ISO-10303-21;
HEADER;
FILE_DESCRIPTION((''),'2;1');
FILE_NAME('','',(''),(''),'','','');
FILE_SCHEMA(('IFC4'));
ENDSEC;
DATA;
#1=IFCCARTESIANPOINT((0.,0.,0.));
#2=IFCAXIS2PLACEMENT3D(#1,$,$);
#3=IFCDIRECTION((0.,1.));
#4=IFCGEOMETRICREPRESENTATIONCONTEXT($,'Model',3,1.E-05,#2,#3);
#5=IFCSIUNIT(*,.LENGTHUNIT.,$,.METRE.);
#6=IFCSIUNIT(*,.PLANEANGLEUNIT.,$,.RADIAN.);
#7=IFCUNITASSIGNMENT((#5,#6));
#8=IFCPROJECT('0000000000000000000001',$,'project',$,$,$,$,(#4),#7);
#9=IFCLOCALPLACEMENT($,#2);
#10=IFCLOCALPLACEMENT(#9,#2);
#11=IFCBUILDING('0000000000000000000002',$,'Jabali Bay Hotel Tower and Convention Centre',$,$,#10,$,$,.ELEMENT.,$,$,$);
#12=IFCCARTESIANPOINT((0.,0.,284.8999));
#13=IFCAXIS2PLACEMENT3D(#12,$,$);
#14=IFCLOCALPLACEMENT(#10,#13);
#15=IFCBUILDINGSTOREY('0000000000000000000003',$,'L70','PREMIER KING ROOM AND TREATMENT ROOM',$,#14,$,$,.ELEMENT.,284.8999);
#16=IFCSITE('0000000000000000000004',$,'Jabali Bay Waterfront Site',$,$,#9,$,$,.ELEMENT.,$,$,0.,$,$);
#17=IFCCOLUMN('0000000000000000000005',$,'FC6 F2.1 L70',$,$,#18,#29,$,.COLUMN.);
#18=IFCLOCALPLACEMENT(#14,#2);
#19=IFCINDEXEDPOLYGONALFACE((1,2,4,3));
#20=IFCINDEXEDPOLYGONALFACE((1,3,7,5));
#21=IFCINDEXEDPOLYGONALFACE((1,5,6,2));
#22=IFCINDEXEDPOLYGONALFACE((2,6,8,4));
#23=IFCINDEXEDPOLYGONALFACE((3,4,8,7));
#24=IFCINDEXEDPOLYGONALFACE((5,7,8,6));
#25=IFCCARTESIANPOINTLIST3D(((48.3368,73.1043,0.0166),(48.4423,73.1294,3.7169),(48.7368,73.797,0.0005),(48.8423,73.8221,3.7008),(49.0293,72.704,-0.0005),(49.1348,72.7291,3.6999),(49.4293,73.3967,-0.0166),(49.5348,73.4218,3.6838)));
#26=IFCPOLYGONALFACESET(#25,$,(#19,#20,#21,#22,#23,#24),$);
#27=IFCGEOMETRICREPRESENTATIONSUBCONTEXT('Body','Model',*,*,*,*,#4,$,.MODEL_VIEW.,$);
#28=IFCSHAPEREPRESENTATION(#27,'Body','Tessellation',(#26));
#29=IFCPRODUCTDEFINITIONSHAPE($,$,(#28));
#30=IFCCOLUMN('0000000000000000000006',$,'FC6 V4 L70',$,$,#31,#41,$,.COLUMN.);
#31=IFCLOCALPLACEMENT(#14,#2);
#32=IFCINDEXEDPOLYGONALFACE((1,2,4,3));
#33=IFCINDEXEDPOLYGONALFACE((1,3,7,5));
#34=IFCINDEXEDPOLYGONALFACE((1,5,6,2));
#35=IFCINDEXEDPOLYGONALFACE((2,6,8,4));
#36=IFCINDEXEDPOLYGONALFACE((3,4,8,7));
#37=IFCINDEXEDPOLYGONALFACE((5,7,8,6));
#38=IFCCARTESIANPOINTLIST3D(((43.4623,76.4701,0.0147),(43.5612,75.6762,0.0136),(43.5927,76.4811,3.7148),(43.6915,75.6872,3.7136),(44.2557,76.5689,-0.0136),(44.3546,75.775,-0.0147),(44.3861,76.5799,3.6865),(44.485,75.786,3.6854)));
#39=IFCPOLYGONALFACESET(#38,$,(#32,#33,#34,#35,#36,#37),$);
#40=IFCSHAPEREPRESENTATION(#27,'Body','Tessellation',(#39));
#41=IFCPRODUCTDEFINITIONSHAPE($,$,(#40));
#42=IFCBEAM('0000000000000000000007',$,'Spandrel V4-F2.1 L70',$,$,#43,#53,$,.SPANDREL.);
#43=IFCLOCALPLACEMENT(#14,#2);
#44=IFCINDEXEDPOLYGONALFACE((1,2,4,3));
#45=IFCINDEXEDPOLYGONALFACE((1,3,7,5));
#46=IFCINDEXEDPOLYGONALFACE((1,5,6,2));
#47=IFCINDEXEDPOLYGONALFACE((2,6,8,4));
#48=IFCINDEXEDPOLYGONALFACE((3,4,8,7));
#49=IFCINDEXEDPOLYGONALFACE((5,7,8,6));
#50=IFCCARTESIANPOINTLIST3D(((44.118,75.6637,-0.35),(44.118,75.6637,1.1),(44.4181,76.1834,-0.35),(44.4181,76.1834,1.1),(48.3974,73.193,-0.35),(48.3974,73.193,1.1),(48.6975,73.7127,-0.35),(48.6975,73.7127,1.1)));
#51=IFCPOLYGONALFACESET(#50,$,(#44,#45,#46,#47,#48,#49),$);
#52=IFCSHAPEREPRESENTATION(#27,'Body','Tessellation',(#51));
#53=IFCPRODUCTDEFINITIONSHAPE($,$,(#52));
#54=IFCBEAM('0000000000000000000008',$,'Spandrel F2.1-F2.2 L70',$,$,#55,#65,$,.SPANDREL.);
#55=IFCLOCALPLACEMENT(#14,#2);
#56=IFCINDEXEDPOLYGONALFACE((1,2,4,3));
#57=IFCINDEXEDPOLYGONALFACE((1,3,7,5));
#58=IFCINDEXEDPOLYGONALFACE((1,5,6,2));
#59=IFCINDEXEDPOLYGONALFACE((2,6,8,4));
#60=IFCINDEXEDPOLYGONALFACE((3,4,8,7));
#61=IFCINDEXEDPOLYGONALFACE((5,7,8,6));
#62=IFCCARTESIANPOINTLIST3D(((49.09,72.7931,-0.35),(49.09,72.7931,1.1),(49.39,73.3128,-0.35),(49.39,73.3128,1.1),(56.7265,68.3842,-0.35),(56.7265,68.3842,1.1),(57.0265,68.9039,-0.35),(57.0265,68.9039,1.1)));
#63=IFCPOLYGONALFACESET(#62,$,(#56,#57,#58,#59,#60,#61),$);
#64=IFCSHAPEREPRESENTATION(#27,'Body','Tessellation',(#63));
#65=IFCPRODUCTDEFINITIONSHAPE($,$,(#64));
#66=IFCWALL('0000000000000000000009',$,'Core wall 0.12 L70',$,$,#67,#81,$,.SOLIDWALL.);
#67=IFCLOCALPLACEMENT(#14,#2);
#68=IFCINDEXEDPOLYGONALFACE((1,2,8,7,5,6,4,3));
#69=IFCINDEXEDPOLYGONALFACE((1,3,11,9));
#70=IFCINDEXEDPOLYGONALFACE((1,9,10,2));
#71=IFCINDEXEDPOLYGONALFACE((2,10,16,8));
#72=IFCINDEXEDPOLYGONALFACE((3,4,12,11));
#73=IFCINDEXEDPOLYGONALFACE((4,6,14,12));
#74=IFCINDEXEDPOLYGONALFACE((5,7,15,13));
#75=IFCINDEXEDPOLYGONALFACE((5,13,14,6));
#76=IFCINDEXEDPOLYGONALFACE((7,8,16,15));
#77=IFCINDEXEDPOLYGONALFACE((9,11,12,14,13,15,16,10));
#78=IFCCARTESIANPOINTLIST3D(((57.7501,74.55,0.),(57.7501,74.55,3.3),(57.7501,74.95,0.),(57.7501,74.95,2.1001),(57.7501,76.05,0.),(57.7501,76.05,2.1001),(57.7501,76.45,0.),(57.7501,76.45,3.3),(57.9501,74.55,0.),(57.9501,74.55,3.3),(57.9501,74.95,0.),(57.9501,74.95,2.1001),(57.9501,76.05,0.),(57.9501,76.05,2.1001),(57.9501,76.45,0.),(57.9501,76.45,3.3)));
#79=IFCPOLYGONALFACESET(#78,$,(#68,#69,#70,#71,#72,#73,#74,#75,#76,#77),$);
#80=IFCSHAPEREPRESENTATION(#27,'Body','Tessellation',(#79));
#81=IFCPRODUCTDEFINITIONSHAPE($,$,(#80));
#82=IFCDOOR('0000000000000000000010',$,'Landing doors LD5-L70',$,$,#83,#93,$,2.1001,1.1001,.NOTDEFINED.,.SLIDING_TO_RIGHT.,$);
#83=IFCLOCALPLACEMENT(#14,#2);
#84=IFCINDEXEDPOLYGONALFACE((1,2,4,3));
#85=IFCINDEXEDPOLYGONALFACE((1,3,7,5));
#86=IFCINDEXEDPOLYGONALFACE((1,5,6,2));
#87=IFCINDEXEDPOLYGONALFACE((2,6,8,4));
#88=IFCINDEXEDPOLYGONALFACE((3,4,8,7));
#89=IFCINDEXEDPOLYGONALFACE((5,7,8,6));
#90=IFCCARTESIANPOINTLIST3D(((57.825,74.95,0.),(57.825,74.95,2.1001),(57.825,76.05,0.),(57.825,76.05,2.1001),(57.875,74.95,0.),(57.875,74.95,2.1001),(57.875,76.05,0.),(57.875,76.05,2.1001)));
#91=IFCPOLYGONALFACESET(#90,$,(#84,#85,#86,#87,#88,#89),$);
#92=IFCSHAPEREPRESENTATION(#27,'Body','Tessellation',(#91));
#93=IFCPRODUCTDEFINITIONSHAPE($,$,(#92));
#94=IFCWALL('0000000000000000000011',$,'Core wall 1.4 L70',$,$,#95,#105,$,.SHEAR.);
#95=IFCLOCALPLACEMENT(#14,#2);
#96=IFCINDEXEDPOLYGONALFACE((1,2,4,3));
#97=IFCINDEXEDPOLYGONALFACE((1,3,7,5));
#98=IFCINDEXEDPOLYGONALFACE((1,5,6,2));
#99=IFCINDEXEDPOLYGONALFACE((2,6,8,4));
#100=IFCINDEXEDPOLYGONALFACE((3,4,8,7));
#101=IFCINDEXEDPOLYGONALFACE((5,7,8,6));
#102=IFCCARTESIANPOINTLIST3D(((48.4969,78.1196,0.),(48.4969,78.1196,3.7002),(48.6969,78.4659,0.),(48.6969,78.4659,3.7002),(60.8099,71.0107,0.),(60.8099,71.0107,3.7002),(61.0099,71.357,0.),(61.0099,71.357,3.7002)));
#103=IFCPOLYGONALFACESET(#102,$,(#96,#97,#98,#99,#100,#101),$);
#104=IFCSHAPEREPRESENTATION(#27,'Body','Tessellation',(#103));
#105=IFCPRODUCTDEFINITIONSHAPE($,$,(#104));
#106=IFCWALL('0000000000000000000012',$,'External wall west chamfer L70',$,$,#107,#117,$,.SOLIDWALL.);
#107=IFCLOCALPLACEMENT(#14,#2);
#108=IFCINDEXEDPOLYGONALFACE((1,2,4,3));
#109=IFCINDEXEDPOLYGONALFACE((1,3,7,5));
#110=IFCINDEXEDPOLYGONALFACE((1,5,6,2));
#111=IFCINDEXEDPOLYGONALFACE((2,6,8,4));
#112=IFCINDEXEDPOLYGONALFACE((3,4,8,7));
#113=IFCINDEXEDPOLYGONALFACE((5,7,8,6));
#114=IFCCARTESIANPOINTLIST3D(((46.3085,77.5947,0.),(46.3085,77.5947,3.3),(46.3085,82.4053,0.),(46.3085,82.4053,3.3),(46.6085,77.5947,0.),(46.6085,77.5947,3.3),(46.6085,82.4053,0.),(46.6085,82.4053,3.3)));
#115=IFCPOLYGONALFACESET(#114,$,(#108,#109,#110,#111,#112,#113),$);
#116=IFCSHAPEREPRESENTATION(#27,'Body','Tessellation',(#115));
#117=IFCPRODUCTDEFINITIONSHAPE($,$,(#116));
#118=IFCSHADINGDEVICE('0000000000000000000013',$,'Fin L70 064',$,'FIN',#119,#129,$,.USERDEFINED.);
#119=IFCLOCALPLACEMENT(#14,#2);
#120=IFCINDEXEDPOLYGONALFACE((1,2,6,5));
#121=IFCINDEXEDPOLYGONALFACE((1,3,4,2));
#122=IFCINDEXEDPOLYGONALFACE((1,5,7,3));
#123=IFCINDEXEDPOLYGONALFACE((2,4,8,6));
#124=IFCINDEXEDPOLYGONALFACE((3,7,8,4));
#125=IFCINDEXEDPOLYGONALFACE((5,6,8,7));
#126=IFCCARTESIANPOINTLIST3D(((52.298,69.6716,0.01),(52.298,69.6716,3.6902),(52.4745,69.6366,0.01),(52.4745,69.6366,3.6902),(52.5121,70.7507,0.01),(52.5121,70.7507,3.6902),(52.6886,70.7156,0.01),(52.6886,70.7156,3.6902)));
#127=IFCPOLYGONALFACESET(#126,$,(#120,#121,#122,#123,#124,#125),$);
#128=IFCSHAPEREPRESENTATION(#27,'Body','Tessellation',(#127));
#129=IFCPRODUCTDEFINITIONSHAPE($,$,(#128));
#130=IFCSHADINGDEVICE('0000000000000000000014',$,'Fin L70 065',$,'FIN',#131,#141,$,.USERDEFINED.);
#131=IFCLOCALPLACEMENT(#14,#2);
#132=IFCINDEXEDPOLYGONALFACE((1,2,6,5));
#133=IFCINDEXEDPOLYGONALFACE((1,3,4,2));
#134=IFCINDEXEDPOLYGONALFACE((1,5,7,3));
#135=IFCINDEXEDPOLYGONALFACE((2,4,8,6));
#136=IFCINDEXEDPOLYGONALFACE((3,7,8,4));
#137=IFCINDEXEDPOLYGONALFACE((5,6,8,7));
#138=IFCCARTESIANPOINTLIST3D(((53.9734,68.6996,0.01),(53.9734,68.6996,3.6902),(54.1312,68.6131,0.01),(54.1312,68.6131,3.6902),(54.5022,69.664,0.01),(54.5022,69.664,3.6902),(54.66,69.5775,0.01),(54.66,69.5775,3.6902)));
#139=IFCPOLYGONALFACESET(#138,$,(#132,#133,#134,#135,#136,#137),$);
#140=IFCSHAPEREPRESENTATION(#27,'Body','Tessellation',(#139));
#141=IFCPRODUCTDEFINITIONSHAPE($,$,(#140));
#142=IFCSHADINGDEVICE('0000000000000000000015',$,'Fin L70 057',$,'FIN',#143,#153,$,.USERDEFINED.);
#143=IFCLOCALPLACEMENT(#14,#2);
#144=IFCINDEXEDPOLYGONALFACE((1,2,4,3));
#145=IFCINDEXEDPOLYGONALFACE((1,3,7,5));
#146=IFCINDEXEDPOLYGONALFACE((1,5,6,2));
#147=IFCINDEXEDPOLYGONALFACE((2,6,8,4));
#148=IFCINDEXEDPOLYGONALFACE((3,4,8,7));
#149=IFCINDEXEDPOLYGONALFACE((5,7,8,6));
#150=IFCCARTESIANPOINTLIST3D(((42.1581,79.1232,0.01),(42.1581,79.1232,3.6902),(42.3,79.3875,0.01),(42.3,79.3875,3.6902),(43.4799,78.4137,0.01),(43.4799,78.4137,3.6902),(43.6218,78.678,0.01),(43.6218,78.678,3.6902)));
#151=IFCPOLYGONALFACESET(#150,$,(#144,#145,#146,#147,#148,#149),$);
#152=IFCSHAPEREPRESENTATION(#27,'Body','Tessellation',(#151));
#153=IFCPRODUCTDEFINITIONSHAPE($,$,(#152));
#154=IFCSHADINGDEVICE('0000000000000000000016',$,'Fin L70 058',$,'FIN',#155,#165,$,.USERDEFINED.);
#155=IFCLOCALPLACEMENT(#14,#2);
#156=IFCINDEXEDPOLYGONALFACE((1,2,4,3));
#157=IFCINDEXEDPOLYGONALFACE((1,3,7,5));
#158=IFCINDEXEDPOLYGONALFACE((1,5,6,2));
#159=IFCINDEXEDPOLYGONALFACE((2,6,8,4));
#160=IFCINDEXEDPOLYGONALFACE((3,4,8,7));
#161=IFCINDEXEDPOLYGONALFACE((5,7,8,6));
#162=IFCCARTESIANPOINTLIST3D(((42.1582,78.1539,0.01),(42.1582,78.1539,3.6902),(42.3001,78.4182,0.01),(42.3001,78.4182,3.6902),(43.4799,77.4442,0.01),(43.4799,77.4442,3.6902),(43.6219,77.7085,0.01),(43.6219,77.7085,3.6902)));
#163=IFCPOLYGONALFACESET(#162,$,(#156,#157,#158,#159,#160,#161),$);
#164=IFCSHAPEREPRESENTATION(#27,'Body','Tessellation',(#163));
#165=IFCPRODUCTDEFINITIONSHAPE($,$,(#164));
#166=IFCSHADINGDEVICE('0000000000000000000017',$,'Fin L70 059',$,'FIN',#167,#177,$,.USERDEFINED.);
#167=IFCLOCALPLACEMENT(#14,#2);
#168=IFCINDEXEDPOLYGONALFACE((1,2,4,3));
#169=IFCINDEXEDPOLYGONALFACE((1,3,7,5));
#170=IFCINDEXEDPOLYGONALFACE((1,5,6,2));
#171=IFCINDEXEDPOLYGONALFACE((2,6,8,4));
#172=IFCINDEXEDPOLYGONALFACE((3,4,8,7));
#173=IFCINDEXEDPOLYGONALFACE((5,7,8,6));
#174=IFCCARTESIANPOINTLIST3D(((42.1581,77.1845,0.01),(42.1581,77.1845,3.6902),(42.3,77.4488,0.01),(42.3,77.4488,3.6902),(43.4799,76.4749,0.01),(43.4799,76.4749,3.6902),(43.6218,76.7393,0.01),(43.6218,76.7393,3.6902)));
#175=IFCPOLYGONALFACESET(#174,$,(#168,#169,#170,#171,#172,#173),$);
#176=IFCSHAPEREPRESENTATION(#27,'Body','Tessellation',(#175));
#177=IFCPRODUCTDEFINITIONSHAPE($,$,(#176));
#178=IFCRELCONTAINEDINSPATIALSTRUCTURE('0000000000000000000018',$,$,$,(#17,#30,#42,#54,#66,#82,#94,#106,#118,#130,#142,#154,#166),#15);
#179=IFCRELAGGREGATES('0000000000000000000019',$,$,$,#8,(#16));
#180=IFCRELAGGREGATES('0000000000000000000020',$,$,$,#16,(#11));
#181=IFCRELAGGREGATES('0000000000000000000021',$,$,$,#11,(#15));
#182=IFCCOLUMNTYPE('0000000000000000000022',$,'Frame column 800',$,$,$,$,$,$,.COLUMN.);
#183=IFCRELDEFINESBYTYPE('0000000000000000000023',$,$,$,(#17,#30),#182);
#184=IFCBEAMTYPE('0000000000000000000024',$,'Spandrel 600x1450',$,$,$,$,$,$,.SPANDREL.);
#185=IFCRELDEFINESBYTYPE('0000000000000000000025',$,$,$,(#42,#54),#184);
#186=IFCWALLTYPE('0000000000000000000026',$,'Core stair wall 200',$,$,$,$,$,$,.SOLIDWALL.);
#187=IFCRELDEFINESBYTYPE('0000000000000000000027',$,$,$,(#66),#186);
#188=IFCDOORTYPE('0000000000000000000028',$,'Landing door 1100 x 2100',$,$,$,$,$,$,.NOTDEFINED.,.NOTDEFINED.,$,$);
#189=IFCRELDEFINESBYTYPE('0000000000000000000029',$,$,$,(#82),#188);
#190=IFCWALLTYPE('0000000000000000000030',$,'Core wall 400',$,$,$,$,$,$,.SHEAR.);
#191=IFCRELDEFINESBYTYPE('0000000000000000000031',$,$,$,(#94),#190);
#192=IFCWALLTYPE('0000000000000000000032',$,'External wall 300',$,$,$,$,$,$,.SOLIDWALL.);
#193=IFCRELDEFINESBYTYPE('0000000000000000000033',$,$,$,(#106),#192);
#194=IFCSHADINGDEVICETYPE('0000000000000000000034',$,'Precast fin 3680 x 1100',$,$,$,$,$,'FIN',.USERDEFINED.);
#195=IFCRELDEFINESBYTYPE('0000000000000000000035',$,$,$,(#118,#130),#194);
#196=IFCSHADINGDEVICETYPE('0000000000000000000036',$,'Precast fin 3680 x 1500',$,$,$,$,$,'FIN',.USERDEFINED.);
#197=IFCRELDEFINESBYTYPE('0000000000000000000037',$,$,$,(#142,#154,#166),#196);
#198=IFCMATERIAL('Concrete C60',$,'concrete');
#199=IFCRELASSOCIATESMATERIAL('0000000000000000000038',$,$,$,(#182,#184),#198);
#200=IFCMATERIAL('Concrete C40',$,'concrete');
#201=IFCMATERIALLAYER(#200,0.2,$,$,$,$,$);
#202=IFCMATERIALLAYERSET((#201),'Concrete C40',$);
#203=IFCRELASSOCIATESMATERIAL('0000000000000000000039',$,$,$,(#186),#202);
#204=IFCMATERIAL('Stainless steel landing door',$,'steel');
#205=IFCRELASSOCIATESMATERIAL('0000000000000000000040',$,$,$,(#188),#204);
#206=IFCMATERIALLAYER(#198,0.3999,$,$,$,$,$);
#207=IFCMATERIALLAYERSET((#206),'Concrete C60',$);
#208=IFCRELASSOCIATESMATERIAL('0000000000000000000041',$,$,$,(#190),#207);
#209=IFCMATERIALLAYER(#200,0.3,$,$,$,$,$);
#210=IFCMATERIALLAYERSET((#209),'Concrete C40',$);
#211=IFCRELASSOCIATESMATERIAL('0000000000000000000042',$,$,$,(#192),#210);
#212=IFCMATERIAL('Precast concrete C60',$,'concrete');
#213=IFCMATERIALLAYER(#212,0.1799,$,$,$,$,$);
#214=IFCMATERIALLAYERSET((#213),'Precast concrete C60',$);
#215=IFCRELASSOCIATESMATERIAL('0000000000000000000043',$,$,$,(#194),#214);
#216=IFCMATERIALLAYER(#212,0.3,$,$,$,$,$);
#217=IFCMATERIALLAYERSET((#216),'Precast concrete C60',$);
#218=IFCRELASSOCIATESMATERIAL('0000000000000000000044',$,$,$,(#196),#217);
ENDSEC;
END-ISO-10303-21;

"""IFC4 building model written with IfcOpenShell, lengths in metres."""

from ifc_helpers import new_model, si_unit, direction, frame, frame_2d, origin, origin_2d, place, context, subcontext, project, spatial, rectangle, extrude, material, layer, layer_set, material_profile, profile_set, type_object, element, fill, save


model = new_model("IFC4")

# Units and contexts
model_context = context("Model", 3, precision=1e-05, world=origin(), true_north=direction((0.0, 1.0)))
body_context = subcontext(model_context, "Body", "Model", "MODEL_VIEW")
ifc_project = project(units=[si_unit("LENGTHUNIT", "METRE"), si_unit("PLANEANGLEUNIT", "RADIAN")], contexts=[model_context])

# Site, building, storey
site_placement = place(None, origin())
site = spatial("IfcSite", under=ifc_project, at=site_placement, Name="Jabali Bay Waterfront Site", CompositionType="ELEMENT", RefElevation=0.0)
building_placement = place(site_placement, origin())
building = spatial("IfcBuilding", under=site, at=building_placement, Name="Jabali Bay Hotel Tower and Convention Centre", CompositionType="ELEMENT")
storey_placement = place(building_placement, frame((0.0, 0.0, 284.8999)))
storey = spatial("IfcBuildingStorey", under=building, at=storey_placement, Name="L70", Description="PREMIER KING ROOM AND TREATMENT ROOM", CompositionType="ELEMENT", Elevation=284.8999)

# Columns
ifc_material_1 = material(Name="Concrete C60", Category="concrete")
ifc_material_profile_1 = material_profile(ifc_material_1, rectangle(XDim=0.8, YDim=0.8, at=origin_2d()), Name="Frame column 800")
ifc_profile_set_1 = profile_set([ifc_material_profile_1], Name="Concrete C60")
column_type = type_object("IfcColumnType", Name="Frame column 800", PredefinedType="COLUMN", material=ifc_profile_set_1)
column_1_placement = place(storey_placement, frame((48.8831, 73.2505, 0.0), z_axis=(0.028491, 0.006793, 0.999571), x_axis=(-0.865581, 0.500317, 0.021272)))
element("IfcColumn", 1, at=column_1_placement, inside=storey, type_object=column_type, Name="FC6 F2.1 L70", PredefinedType="COLUMN", context=body_context, shape_type="SweptSolid", body=[
    extrude(rectangle(XDim=0.8, YDim=0.8, at=origin_2d()), origin(), (0.0, 0.0, 1.0), 3.7019),
])
column_2_placement = place(storey_placement, frame((43.9084, 76.1226, 0.0), z_axis=(0.035212, 0.002967, 0.999375), x_axis=(-0.123568, 0.992335, 0.001407)))
element("IfcColumn", 2, at=column_2_placement, inside=storey, type_object=column_type, Name="FC6 V4 L70", PredefinedType="COLUMN", context=body_context, shape_type="SweptSolid", body=[
    extrude(rectangle(XDim=0.8, YDim=0.8, at=origin_2d()), origin(), (0.0, 0.0, 1.0), 3.7024),
])

# Beams
ifc_material_profile_2 = material_profile(ifc_material_1, rectangle(XDim=0.6001, YDim=1.45, at=origin_2d()), Name="Spandrel 600x1450")
ifc_profile_set_2 = profile_set([ifc_material_profile_2], Name="Concrete C60")
beam_type = type_object("IfcBeamType", Name="Spandrel 600x1450", PredefinedType="SPANDREL", material=ifc_profile_set_2)
beam_1_placement = place(storey_placement, frame((44.2681, 75.9236, 0.375), z_axis=(0.866021, -0.500008, 0.0), x_axis=(0.500008, 0.866021, 0.0)))
element("IfcBeam", 3, at=beam_1_placement, inside=storey, type_object=beam_type, Name="Spandrel V4-F2.1 L70", PredefinedType="SPANDREL", context=body_context, shape_type="SweptSolid", body=[
    extrude(rectangle(XDim=0.6001, YDim=1.45, at=origin_2d()), origin(), (0.0, 0.0, 1.0), 4.9414),
])
beam_2_placement = place(storey_placement, frame((49.24, 73.053, 0.375), z_axis=(0.866025, -0.500001, 0.0), x_axis=(0.500001, 0.866025, 0.0)))
element("IfcBeam", 4, at=beam_2_placement, inside=storey, type_object=beam_type, Name="Spandrel F2.1-F2.2 L70", PredefinedType="SPANDREL", context=body_context, shape_type="SweptSolid", body=[
    extrude(rectangle(XDim=0.6001, YDim=1.45, at=origin_2d()), origin(), (0.0, 0.0, 1.0), 8.8179),
])

# Wall, opening, door
ifc_material_2 = material(Name="Concrete C40", Category="concrete")
ifc_layer_1 = layer(ifc_material_2, 0.2)
ifc_layer_set_1 = layer_set([ifc_layer_1], Name="Concrete C40")
wall_type_1 = type_object("IfcWallType", Name="Core stair wall 200", PredefinedType="SOLIDWALL", material=ifc_layer_set_1)
wall_1_placement = place(storey_placement, frame((57.8501, 76.45, 0.0), z_axis=(0.0, 0.0, 1.0), x_axis=(0.0, -1.0, 0.0)))
wall_1 = element("IfcWall", 5, at=wall_1_placement, inside=storey, type_object=wall_type_1, Name="Core wall 0.12 L70", PredefinedType="SOLIDWALL", context=body_context, shape_type="SweptSolid", body=[
    extrude(rectangle(XDim=1.8999, YDim=0.2, at=frame_2d((0.95, 0.0))), origin(), (0.0, 0.0, 1.0), 3.3),
])
opening_placement = place(wall_1_placement, frame((0.3999, 0.0, 0.0)))
opening = element("IfcOpeningElement", 6, at=opening_placement, cuts=wall_1, PredefinedType="OPENING", context=body_context, shape_type="SweptSolid", body=[
    extrude(rectangle(XDim=1.1001, YDim=2.1001, at=frame_2d((0.55, 1.05))), frame((0.0, 0.1104, 0.0), z_axis=(0.0, -1.0, 0.0), x_axis=(1.0, 0.0, 0.0)), (0.0, 0.0, 1.0), 0.2209),
])
ifc_material_3 = material(Name="Stainless steel landing door", Category="steel")
door_type = type_object("IfcDoorType", Name="Landing door 1100 x 2100", OperationType="NOTDEFINED", PredefinedType="NOTDEFINED", material=ifc_material_3)
door_placement = place(opening_placement, origin())
door = element("IfcDoor", 7, at=door_placement, inside=storey, type_object=door_type, Name="Landing doors LD5-L70", OperationType="SLIDING_TO_RIGHT", OverallHeight=2.1001, OverallWidth=1.1001, PredefinedType="NOTDEFINED", context=body_context, shape_type="SweptSolid", body=[
    extrude(rectangle(XDim=1.1001, YDim=2.1001, at=frame_2d((0.55, 1.05))), frame((0.0, 0.0249, 0.0), z_axis=(0.0, -1.0, 0.0), x_axis=(1.0, 0.0, 0.0)), (0.0, 0.0, 1.0), 0.05),
])
fill(opening, door)

# Walls
ifc_layer_2 = layer(ifc_material_1, 0.3999)
ifc_layer_set_2 = layer_set([ifc_layer_2], Name="Concrete C60")
wall_type_2 = type_object("IfcWallType", Name="Core wall 400", PredefinedType="SHEAR", material=ifc_layer_set_2)
wall_2_placement = place(storey_placement, frame((48.5969, 78.2927, 0.0), z_axis=(0.0, 0.0, 1.0), x_axis=(0.866026, -0.499999, 0.0)))
element("IfcWall", 8, at=wall_2_placement, inside=storey, type_object=wall_type_2, Name="Core wall 1.4 L70", PredefinedType="SHEAR", context=body_context, shape_type="SweptSolid", body=[
    extrude(rectangle(XDim=14.2178, YDim=0.3999, at=frame_2d((7.1089, 0.0))), origin(), (0.0, 0.0, 1.0), 3.7002),
])
ifc_layer_3 = layer(ifc_material_2, 0.3)
ifc_layer_set_3 = layer_set([ifc_layer_3], Name="Concrete C40")
wall_type_3 = type_object("IfcWallType", Name="External wall 300", PredefinedType="SOLIDWALL", material=ifc_layer_set_3)
wall_3_placement = place(storey_placement, frame((46.4585, 77.5947, 0.0), z_axis=(0.0, 0.0, 1.0), x_axis=(0.0, 1.0, 0.0)))
element("IfcWall", 9, at=wall_3_placement, inside=storey, type_object=wall_type_3, Name="External wall west chamfer L70", PredefinedType="SOLIDWALL", context=body_context, shape_type="SweptSolid", body=[
    extrude(rectangle(XDim=4.8105, YDim=0.3, at=frame_2d((2.4053, 0.0))), origin(), (0.0, 0.0, 1.0), 3.3),
])

# Shading devices
ifc_material_4 = material(Name="Precast concrete C60", Category="concrete")
ifc_layer_4 = layer(ifc_material_4, 0.1799)
ifc_layer_set_4 = layer_set([ifc_layer_4], Name="Precast concrete C60")
shading_device_type_1 = type_object("IfcShadingDeviceType", Name="Precast fin 3680 x 1100", ElementType="FIN", PredefinedType="USERDEFINED", material=ifc_layer_set_4)
shading_device_1_placement = place(storey_placement, frame((52.6003, 70.7332, 0.01), z_axis=(0.0, 0.0, 1.0), x_axis=(-0.194622, -0.980878, 0.0)))
element("IfcShadingDevice", 10, at=shading_device_1_placement, inside=storey, type_object=shading_device_type_1, Name="Fin L70 064", ObjectType="FIN", PredefinedType="USERDEFINED", context=body_context, shape_type="SweptSolid", body=[
    extrude(rectangle(XDim=1.1001, YDim=0.1799, at=frame_2d((0.55, 0.0))), origin(), (0.0, 0.0, 1.0), 3.6802),
])
shading_device_2_placement = place(storey_placement, frame((54.5811, 69.6206, 0.01), z_axis=(0.0, 0.0, 1.0), x_axis=(-0.480811, -0.876824, 0.0)))
element("IfcShadingDevice", 11, at=shading_device_2_placement, inside=storey, type_object=shading_device_type_1, Name="Fin L70 065", ObjectType="FIN", PredefinedType="USERDEFINED", context=body_context, shape_type="SweptSolid", body=[
    extrude(rectangle(XDim=1.0999, YDim=0.1799, at=frame_2d((0.5498, 0.0))), origin(), (0.0, 0.0, 1.0), 3.6802),
])
ifc_layer_5 = layer(ifc_material_4, 0.3)
ifc_layer_set_5 = layer_set([ifc_layer_5], Name="Precast concrete C60")
shading_device_type_2 = type_object("IfcShadingDeviceType", Name="Precast fin 3680 x 1500", ElementType="FIN", PredefinedType="USERDEFINED", material=ifc_layer_set_5)
for number, where, z_axis, x_axis, name in (
    (12, (43.5508, 78.5459, 0.01), (0.0, 0.0, 1.0), (-0.881097, 0.472935, 0.0), "Fin L70 057"),
    (13, (43.5508, 77.5764, 0.01), (0.0, 0.0, 1.0), (-0.88103, 0.473061, 0.0), "Fin L70 058"),
    (14, (43.5508, 76.6072, 0.01), (0.0, 0.0, 1.0), (-0.881097, 0.472935, 0.0), "Fin L70 059"),
):
    element("IfcShadingDevice", number, at=place(storey_placement, frame(where, z_axis=z_axis, x_axis=x_axis)), inside=storey, type_object=shading_device_type_2, Name=name, ObjectType="FIN", PredefinedType="USERDEFINED", context=body_context, shape_type="SweptSolid", body=[
        extrude(rectangle(XDim=1.5002, YDim=0.3, at=frame_2d((0.75, 0.0))), origin(), (0.0, 0.0, 1.0), 3.6802),
    ])

save(model, "model.ifc")
